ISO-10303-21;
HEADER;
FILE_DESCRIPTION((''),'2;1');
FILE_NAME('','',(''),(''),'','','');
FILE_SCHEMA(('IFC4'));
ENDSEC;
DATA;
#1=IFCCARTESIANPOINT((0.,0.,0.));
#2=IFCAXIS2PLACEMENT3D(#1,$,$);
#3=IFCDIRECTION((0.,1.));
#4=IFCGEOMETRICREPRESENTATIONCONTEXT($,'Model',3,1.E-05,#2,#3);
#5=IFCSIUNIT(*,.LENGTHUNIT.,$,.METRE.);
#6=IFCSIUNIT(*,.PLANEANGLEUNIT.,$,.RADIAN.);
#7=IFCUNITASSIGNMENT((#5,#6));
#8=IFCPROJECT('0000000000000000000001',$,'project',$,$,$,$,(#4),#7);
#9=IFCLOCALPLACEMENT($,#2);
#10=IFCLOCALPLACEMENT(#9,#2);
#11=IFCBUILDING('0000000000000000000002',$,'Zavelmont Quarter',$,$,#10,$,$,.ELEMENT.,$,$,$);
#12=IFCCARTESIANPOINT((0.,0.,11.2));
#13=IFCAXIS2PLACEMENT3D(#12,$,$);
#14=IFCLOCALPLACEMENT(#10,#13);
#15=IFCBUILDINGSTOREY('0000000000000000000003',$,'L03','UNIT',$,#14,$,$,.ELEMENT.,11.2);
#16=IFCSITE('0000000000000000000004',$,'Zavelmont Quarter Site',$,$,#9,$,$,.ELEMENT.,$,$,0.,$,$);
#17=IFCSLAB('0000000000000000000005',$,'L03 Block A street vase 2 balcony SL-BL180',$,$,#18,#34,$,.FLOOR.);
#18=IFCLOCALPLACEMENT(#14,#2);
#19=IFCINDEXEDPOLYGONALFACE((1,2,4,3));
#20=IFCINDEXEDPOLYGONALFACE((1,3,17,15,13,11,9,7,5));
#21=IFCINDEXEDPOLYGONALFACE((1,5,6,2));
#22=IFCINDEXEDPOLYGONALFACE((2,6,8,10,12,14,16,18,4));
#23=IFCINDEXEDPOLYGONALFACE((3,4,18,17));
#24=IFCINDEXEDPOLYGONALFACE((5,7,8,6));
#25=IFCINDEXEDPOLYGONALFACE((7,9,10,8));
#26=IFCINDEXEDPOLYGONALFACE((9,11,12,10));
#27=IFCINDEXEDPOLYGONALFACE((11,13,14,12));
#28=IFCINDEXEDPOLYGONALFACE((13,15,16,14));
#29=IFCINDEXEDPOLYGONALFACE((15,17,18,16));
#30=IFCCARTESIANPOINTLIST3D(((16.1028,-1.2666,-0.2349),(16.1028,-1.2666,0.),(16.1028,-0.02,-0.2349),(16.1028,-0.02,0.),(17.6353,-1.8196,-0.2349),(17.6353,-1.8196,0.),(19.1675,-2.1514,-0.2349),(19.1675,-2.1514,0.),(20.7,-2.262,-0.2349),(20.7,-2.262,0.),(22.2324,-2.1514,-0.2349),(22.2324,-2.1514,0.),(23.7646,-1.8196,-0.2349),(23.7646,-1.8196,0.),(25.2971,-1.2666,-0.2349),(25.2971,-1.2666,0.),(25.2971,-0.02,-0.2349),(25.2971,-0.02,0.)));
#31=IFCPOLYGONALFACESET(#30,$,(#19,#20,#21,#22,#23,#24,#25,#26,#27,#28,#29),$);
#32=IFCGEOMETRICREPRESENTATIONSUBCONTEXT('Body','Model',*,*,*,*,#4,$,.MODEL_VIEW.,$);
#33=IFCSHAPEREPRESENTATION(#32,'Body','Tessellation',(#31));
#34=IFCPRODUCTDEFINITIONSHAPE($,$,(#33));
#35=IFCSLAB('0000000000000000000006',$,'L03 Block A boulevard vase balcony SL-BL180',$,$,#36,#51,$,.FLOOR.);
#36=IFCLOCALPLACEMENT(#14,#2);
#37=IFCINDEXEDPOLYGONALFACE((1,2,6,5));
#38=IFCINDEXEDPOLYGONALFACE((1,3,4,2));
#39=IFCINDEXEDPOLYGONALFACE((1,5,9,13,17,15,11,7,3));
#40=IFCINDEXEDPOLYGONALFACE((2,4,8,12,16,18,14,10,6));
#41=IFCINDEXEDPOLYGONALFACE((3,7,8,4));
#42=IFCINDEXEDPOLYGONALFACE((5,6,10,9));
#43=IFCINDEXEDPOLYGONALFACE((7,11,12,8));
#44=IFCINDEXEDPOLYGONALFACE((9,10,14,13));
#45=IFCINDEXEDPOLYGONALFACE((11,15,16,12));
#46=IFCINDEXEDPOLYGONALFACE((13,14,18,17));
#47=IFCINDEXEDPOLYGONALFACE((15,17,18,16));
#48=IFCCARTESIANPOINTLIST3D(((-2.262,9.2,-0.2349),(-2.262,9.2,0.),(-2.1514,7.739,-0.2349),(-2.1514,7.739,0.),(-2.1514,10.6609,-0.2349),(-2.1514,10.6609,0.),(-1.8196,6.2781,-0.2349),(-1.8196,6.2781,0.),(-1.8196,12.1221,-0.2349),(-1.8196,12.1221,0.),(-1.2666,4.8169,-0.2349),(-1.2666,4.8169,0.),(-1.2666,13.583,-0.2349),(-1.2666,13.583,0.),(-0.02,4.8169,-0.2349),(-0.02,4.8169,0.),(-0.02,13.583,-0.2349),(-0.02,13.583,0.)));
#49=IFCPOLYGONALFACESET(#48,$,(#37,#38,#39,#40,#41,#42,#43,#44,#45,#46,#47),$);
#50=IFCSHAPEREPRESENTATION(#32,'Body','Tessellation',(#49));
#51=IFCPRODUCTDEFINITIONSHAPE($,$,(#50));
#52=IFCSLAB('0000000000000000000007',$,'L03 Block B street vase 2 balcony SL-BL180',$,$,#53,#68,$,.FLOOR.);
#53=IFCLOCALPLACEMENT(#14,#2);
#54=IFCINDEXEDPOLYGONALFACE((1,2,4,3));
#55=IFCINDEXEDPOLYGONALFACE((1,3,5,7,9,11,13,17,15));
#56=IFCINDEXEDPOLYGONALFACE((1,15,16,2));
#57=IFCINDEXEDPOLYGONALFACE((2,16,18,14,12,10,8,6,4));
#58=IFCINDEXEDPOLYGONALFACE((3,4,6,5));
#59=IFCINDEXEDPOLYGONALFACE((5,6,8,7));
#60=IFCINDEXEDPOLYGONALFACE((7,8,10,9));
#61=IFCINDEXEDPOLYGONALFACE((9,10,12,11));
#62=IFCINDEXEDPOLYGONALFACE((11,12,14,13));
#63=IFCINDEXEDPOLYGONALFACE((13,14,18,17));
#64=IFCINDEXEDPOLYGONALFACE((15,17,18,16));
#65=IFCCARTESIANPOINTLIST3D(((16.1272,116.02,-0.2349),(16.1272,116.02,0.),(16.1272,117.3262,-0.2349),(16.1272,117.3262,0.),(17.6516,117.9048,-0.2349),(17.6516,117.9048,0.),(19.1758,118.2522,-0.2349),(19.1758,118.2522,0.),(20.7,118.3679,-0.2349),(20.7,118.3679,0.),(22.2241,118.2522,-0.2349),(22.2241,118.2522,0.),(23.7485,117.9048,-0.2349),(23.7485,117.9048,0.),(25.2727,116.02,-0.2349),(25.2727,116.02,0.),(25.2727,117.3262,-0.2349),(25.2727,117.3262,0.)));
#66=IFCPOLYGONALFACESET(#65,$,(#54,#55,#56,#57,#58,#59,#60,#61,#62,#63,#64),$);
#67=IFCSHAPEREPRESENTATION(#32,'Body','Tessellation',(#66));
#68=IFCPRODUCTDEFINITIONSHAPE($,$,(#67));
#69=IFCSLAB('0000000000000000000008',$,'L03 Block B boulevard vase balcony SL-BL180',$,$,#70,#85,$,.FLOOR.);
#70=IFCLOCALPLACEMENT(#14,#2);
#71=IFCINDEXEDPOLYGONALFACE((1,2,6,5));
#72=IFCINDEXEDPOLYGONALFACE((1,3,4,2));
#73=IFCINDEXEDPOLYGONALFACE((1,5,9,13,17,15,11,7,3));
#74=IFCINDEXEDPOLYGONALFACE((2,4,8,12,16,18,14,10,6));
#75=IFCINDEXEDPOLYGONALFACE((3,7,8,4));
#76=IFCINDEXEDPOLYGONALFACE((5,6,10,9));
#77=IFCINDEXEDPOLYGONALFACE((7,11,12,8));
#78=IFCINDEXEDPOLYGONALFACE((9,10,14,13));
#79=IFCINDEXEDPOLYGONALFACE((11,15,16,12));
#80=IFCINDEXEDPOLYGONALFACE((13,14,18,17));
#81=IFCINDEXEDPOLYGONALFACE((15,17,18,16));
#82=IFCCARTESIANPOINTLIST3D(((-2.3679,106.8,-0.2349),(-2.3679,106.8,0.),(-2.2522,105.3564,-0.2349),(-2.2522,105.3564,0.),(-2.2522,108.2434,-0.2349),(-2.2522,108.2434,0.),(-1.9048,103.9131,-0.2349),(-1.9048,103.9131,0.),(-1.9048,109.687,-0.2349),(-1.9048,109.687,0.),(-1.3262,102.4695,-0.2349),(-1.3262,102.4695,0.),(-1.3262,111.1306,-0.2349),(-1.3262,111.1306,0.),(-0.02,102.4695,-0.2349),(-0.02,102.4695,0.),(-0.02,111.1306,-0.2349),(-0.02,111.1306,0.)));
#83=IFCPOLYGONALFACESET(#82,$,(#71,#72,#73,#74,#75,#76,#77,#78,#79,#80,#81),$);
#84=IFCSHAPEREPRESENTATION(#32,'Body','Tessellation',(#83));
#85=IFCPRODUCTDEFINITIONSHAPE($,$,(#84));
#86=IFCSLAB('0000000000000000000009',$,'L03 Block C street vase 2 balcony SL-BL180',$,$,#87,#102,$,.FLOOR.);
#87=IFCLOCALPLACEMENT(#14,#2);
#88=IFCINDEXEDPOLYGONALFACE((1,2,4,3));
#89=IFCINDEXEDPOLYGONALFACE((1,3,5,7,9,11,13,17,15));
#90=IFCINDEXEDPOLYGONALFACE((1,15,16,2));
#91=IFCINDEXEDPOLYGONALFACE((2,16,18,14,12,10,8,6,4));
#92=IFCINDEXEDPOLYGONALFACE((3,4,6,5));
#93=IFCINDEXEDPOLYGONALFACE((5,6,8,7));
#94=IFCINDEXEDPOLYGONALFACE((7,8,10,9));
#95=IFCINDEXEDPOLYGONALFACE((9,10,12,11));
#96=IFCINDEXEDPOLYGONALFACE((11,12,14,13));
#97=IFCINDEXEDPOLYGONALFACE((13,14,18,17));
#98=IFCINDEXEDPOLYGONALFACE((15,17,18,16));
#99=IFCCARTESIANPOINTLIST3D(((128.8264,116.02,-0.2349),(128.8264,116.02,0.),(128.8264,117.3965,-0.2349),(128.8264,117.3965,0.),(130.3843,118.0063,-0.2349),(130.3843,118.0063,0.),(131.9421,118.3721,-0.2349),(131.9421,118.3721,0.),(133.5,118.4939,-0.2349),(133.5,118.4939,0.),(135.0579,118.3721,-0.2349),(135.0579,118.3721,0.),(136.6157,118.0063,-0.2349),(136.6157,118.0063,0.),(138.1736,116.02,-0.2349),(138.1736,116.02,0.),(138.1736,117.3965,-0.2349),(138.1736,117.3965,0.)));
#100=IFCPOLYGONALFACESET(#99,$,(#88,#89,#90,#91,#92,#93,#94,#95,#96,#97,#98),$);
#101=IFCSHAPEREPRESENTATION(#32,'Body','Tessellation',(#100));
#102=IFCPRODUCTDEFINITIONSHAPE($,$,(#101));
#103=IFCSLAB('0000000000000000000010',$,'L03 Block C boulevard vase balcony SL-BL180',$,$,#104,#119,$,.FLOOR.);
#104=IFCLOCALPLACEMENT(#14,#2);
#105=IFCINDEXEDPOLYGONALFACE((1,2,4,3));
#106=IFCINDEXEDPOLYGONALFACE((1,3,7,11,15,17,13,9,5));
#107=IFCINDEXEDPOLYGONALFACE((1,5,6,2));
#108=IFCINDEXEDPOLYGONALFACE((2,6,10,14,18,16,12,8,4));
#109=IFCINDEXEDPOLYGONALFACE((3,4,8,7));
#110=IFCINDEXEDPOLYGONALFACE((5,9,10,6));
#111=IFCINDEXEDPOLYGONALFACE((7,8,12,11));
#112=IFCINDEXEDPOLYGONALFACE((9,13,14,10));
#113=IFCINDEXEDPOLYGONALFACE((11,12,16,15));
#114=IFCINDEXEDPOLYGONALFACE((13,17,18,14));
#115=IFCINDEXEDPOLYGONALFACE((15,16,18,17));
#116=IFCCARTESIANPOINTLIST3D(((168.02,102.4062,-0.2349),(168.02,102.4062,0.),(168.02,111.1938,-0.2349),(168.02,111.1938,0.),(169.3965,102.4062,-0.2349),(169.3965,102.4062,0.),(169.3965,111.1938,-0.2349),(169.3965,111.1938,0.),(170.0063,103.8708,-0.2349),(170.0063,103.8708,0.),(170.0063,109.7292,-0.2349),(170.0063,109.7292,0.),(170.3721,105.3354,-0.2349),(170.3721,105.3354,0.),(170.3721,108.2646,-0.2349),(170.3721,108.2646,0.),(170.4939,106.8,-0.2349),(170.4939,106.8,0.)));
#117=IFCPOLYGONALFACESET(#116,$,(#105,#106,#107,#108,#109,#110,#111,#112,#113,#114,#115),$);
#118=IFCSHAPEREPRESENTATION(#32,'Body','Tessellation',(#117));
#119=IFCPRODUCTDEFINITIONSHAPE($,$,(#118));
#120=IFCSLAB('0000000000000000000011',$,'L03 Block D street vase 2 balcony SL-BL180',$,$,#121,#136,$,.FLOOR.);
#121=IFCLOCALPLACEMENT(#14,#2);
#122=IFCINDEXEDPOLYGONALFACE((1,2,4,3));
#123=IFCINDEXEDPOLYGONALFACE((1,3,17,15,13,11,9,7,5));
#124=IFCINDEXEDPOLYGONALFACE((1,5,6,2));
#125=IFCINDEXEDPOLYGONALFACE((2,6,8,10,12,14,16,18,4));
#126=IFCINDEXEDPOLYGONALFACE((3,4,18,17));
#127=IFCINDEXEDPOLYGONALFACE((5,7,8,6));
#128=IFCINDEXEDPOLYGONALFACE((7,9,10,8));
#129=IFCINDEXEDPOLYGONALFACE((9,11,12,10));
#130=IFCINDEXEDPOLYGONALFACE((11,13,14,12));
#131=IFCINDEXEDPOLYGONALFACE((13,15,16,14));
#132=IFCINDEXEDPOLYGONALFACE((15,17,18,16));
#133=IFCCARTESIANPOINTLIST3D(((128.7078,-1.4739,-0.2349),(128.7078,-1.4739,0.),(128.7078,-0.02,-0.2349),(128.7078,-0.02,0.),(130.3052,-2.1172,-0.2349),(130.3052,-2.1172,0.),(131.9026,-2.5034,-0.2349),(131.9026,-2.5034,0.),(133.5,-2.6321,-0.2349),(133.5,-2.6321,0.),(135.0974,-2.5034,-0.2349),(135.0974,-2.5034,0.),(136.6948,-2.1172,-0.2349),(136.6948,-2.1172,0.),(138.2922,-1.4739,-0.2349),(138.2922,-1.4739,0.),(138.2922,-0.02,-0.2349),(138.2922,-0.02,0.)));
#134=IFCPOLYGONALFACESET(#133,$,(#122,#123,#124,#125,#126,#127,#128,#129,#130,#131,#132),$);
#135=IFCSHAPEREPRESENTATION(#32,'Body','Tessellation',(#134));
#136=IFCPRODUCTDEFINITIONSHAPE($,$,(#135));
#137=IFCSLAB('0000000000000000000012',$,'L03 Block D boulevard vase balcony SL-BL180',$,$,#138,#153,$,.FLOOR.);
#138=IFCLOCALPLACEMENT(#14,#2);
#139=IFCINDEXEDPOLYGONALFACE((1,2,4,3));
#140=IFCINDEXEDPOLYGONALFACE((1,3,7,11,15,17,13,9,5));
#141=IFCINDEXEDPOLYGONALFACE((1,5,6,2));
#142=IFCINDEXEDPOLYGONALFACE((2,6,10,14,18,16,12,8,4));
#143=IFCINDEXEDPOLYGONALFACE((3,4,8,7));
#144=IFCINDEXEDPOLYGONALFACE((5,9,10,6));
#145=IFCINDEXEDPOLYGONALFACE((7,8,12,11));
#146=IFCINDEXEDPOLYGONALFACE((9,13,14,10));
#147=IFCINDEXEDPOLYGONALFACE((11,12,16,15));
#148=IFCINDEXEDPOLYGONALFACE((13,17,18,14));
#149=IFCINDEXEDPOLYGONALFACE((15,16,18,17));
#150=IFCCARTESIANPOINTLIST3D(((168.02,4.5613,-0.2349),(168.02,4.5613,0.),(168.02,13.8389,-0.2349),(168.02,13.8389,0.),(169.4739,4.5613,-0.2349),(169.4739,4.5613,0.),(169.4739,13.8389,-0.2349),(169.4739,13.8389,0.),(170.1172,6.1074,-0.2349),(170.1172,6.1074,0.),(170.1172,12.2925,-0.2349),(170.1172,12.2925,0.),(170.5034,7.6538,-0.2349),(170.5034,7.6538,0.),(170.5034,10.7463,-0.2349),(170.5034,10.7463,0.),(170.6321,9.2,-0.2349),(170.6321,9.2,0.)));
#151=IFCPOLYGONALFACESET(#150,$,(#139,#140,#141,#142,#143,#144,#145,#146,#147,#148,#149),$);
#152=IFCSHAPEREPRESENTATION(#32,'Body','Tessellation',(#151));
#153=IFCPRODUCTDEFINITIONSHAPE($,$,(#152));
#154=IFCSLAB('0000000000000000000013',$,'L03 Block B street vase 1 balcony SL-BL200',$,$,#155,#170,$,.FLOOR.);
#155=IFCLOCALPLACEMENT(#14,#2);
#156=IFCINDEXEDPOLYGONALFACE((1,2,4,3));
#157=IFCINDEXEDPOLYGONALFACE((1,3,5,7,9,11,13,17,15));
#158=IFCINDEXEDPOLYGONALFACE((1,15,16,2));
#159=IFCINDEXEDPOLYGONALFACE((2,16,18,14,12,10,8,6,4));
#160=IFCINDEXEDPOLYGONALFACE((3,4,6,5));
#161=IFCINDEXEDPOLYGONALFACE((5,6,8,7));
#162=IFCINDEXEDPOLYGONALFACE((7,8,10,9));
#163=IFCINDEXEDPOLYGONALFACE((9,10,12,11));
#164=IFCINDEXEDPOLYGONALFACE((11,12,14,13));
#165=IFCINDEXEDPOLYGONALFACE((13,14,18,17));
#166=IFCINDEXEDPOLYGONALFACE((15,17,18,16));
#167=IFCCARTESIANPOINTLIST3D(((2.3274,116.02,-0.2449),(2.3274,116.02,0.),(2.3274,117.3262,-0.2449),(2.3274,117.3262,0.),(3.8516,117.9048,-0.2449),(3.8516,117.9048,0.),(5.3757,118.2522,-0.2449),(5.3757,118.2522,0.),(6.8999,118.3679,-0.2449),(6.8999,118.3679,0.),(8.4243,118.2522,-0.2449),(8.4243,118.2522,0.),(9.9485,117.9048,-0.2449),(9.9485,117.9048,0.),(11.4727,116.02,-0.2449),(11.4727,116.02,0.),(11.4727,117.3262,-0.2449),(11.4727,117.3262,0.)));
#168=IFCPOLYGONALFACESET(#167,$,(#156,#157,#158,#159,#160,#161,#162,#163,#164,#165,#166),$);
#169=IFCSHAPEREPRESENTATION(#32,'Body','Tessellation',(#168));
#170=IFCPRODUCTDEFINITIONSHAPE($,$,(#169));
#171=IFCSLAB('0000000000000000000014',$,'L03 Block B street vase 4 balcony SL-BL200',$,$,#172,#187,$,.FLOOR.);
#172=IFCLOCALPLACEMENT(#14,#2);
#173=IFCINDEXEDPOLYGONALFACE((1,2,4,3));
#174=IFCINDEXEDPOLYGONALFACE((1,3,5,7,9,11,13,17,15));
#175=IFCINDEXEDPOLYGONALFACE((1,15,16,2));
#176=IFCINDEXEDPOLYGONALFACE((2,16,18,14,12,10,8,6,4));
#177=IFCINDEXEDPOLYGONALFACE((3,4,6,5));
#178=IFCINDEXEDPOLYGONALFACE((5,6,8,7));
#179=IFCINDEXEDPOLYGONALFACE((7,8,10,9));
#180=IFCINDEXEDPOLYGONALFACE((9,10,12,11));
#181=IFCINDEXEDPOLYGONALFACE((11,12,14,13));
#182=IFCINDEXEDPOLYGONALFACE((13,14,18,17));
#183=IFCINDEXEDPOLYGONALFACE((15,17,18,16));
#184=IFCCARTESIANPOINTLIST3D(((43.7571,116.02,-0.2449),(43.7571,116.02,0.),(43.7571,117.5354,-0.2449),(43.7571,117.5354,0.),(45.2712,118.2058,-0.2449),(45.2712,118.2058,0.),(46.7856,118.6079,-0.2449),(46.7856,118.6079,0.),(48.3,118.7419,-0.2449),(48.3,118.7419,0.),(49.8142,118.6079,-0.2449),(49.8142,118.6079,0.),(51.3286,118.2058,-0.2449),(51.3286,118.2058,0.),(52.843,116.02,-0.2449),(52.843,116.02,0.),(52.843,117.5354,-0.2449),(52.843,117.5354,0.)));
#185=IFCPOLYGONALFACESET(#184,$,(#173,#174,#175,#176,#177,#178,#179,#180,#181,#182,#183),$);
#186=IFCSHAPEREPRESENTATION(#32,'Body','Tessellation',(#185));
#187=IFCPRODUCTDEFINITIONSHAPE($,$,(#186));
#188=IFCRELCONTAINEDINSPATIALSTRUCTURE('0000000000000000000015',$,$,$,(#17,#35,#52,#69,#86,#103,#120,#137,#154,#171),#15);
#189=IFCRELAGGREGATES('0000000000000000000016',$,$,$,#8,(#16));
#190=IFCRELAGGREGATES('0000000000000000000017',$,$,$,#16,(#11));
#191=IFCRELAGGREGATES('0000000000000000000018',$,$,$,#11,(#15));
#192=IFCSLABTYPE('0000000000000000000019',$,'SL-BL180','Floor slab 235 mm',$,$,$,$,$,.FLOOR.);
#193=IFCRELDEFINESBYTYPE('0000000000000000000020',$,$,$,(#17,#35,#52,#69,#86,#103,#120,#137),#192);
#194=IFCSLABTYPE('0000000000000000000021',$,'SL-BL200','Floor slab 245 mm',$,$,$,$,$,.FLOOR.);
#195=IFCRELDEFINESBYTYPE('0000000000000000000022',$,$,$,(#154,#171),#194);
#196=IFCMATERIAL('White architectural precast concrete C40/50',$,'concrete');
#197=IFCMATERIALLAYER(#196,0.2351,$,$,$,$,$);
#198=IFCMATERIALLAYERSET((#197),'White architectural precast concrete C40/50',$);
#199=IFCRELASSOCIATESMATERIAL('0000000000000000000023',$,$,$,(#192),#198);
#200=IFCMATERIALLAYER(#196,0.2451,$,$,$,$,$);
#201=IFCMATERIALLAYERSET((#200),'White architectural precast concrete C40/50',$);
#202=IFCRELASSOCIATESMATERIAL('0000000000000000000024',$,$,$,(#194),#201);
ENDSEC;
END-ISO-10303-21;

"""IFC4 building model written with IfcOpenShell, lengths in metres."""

from ifc_helpers import new_model, si_unit, direction, frame, origin, place, context, subcontext, project, spatial, polyline, outline, extrude, material, layer, layer_set, type_object, element, save


model = new_model("IFC4")

# Units and contexts
model_context = context("Model", 3, precision=1e-05, world=origin(), true_north=direction((0.0, 1.0)))
body_context = subcontext(model_context, "Body", "Model", "MODEL_VIEW")
ifc_project = project(units=[si_unit("LENGTHUNIT", "METRE"), si_unit("PLANEANGLEUNIT", "RADIAN")], contexts=[model_context])

# Site, building, storey
site_placement = place(None, origin())
site = spatial("IfcSite", under=ifc_project, at=site_placement, Name="Zavelmont Quarter Site", CompositionType="ELEMENT", RefElevation=0.0)
building_placement = place(site_placement, origin())
building = spatial("IfcBuilding", under=site, at=building_placement, Name="Zavelmont Quarter", CompositionType="ELEMENT")
storey_placement = place(building_placement, frame((0.0, 0.0, 11.2)))
storey = spatial("IfcBuildingStorey", under=building, at=storey_placement, Name="L03", Description="UNIT", CompositionType="ELEMENT", Elevation=11.2)

# Slabs
ifc_material_1 = material(Name="White architectural precast concrete C40/50", Category="concrete")
ifc_layer_1 = layer(ifc_material_1, 0.2351)
ifc_layer_set_1 = layer_set([ifc_layer_1], Name="White architectural precast concrete C40/50")
slab_type_1 = type_object("IfcSlabType", Name="SL-BL180", Description="Floor slab 235 mm", PredefinedType="FLOOR", material=ifc_layer_set_1)
slab_1_placement = place(storey_placement, frame((0.0, 0.0, -0.2349)))
element("IfcSlab", 1, at=slab_1_placement, inside=storey, type_object=slab_type_1, Name="L03 Block A street vase 2 balcony SL-BL180", PredefinedType="FLOOR", context=body_context, shape_type="SweptSolid", body=[
    extrude(outline(polyline([(16.1028, -0.02), (16.1028, -1.2666), (17.6353, -1.8196), (19.1675, -2.1514), (20.7, -2.262), (22.2324, -2.1514), (23.7646, -1.8196), (25.2971, -1.2666), (25.2971, -0.02), (16.1028, -0.02)])), origin(), (0.0, 0.0, 1.0), 0.2349),
])
slab_2_placement = place(storey_placement, frame((0.0, 0.0, -0.2349)))
element("IfcSlab", 2, at=slab_2_placement, inside=storey, type_object=slab_type_1, Name="L03 Block A boulevard vase balcony SL-BL180", PredefinedType="FLOOR", context=body_context, shape_type="SweptSolid", body=[
    extrude(outline(polyline([(-0.02, 13.583), (-1.2666, 13.583), (-1.8196, 12.1221), (-2.1514, 10.6609), (-2.262, 9.2), (-2.1514, 7.739), (-1.8196, 6.2781), (-1.2666, 4.8169), (-0.02, 4.8169), (-0.02, 13.583)])), origin(), (0.0, 0.0, 1.0), 0.2349),
])
slab_3_placement = place(storey_placement, frame((0.0, 0.0, -0.2349)))
element("IfcSlab", 3, at=slab_3_placement, inside=storey, type_object=slab_type_1, Name="L03 Block B street vase 2 balcony SL-BL180", PredefinedType="FLOOR", context=body_context, shape_type="SweptSolid", body=[
    extrude(outline(polyline([(25.2727, 116.02), (25.2727, 117.3262), (23.7485, 117.9048), (22.2241, 118.2522), (20.7, 118.3679), (19.1758, 118.2522), (17.6516, 117.9048), (16.1272, 117.3262), (16.1272, 116.02), (25.2727, 116.02)])), origin(), (0.0, 0.0, 1.0), 0.2349),
])
slab_4_placement = place(storey_placement, frame((0.0, 0.0, -0.2349)))
element("IfcSlab", 4, at=slab_4_placement, inside=storey, type_object=slab_type_1, Name="L03 Block B boulevard vase balcony SL-BL180", PredefinedType="FLOOR", context=body_context, shape_type="SweptSolid", body=[
    extrude(outline(polyline([(-0.02, 111.1306), (-1.3262, 111.1306), (-1.9048, 109.687), (-2.2522, 108.2434), (-2.3679, 106.8), (-2.2522, 105.3564), (-1.9048, 103.9131), (-1.3262, 102.4695), (-0.02, 102.4695), (-0.02, 111.1306)])), origin(), (0.0, 0.0, 1.0), 0.2349),
])
slab_5_placement = place(storey_placement, frame((0.0, 0.0, -0.2349)))
element("IfcSlab", 5, at=slab_5_placement, inside=storey, type_object=slab_type_1, Name="L03 Block C street vase 2 balcony SL-BL180", PredefinedType="FLOOR", context=body_context, shape_type="SweptSolid", body=[
    extrude(outline(polyline([(138.1736, 116.02), (138.1736, 117.3965), (136.6157, 118.0063), (135.0579, 118.3721), (133.5, 118.4939), (131.9421, 118.3721), (130.3843, 118.0063), (128.8264, 117.3965), (128.8264, 116.02), (138.1736, 116.02)])), origin(), (0.0, 0.0, 1.0), 0.2349),
])
slab_6_placement = place(storey_placement, frame((0.0, 0.0, -0.2349)))
element("IfcSlab", 6, at=slab_6_placement, inside=storey, type_object=slab_type_1, Name="L03 Block C boulevard vase balcony SL-BL180", PredefinedType="FLOOR", context=body_context, shape_type="SweptSolid", body=[
    extrude(outline(polyline([(168.02, 102.4062), (169.3965, 102.4062), (170.0063, 103.8708), (170.3721, 105.3354), (170.4939, 106.8), (170.3721, 108.2646), (170.0063, 109.7292), (169.3965, 111.1938), (168.02, 111.1938), (168.02, 102.4062)])), origin(), (0.0, 0.0, 1.0), 0.2349),
])
slab_7_placement = place(storey_placement, frame((0.0, 0.0, -0.2349)))
element("IfcSlab", 7, at=slab_7_placement, inside=storey, type_object=slab_type_1, Name="L03 Block D street vase 2 balcony SL-BL180", PredefinedType="FLOOR", context=body_context, shape_type="SweptSolid", body=[
    extrude(outline(polyline([(128.7078, -0.02), (128.7078, -1.4739), (130.3052, -2.1172), (131.9026, -2.5034), (133.5, -2.6321), (135.0974, -2.5034), (136.6948, -2.1172), (138.2922, -1.4739), (138.2922, -0.02), (128.7078, -0.02)])), origin(), (0.0, 0.0, 1.0), 0.2349),
])
slab_8_placement = place(storey_placement, frame((0.0, 0.0, -0.2349)))
element("IfcSlab", 8, at=slab_8_placement, inside=storey, type_object=slab_type_1, Name="L03 Block D boulevard vase balcony SL-BL180", PredefinedType="FLOOR", context=body_context, shape_type="SweptSolid", body=[
    extrude(outline(polyline([(168.02, 4.5613), (169.4739, 4.5613), (170.1172, 6.1074), (170.5034, 7.6538), (170.6321, 9.2), (170.5034, 10.7463), (170.1172, 12.2925), (169.4739, 13.8389), (168.02, 13.8389), (168.02, 4.5613)])), origin(), (0.0, 0.0, 1.0), 0.2349),
])
ifc_layer_2 = layer(ifc_material_1, 0.2451)
ifc_layer_set_2 = layer_set([ifc_layer_2], Name="White architectural precast concrete C40/50")
slab_type_2 = type_object("IfcSlabType", Name="SL-BL200", Description="Floor slab 245 mm", PredefinedType="FLOOR", material=ifc_layer_set_2)
slab_9_placement = place(storey_placement, frame((0.0, 0.0, -0.2449)))
element("IfcSlab", 9, at=slab_9_placement, inside=storey, type_object=slab_type_2, Name="L03 Block B street vase 1 balcony SL-BL200", PredefinedType="FLOOR", context=body_context, shape_type="SweptSolid", body=[
    extrude(outline(polyline([(11.4727, 116.02), (11.4727, 117.3262), (9.9485, 117.9048), (8.4243, 118.2522), (6.8999, 118.3679), (5.3757, 118.2522), (3.8516, 117.9048), (2.3274, 117.3262), (2.3274, 116.02), (11.4727, 116.02)])), origin(), (0.0, 0.0, 1.0), 0.2449),
])
slab_10_placement = place(storey_placement, frame((0.0, 0.0, -0.2449)))
element("IfcSlab", 10, at=slab_10_placement, inside=storey, type_object=slab_type_2, Name="L03 Block B street vase 4 balcony SL-BL200", PredefinedType="FLOOR", context=body_context, shape_type="SweptSolid", body=[
    extrude(outline(polyline([(52.843, 116.02), (52.843, 117.5354), (51.3286, 118.2058), (49.8142, 118.6079), (48.3, 118.7419), (46.7856, 118.6079), (45.2712, 118.2058), (43.7571, 117.5354), (43.7571, 116.02), (52.843, 116.02)])), origin(), (0.0, 0.0, 1.0), 0.2449),
])

save(model, "model.ifc")
